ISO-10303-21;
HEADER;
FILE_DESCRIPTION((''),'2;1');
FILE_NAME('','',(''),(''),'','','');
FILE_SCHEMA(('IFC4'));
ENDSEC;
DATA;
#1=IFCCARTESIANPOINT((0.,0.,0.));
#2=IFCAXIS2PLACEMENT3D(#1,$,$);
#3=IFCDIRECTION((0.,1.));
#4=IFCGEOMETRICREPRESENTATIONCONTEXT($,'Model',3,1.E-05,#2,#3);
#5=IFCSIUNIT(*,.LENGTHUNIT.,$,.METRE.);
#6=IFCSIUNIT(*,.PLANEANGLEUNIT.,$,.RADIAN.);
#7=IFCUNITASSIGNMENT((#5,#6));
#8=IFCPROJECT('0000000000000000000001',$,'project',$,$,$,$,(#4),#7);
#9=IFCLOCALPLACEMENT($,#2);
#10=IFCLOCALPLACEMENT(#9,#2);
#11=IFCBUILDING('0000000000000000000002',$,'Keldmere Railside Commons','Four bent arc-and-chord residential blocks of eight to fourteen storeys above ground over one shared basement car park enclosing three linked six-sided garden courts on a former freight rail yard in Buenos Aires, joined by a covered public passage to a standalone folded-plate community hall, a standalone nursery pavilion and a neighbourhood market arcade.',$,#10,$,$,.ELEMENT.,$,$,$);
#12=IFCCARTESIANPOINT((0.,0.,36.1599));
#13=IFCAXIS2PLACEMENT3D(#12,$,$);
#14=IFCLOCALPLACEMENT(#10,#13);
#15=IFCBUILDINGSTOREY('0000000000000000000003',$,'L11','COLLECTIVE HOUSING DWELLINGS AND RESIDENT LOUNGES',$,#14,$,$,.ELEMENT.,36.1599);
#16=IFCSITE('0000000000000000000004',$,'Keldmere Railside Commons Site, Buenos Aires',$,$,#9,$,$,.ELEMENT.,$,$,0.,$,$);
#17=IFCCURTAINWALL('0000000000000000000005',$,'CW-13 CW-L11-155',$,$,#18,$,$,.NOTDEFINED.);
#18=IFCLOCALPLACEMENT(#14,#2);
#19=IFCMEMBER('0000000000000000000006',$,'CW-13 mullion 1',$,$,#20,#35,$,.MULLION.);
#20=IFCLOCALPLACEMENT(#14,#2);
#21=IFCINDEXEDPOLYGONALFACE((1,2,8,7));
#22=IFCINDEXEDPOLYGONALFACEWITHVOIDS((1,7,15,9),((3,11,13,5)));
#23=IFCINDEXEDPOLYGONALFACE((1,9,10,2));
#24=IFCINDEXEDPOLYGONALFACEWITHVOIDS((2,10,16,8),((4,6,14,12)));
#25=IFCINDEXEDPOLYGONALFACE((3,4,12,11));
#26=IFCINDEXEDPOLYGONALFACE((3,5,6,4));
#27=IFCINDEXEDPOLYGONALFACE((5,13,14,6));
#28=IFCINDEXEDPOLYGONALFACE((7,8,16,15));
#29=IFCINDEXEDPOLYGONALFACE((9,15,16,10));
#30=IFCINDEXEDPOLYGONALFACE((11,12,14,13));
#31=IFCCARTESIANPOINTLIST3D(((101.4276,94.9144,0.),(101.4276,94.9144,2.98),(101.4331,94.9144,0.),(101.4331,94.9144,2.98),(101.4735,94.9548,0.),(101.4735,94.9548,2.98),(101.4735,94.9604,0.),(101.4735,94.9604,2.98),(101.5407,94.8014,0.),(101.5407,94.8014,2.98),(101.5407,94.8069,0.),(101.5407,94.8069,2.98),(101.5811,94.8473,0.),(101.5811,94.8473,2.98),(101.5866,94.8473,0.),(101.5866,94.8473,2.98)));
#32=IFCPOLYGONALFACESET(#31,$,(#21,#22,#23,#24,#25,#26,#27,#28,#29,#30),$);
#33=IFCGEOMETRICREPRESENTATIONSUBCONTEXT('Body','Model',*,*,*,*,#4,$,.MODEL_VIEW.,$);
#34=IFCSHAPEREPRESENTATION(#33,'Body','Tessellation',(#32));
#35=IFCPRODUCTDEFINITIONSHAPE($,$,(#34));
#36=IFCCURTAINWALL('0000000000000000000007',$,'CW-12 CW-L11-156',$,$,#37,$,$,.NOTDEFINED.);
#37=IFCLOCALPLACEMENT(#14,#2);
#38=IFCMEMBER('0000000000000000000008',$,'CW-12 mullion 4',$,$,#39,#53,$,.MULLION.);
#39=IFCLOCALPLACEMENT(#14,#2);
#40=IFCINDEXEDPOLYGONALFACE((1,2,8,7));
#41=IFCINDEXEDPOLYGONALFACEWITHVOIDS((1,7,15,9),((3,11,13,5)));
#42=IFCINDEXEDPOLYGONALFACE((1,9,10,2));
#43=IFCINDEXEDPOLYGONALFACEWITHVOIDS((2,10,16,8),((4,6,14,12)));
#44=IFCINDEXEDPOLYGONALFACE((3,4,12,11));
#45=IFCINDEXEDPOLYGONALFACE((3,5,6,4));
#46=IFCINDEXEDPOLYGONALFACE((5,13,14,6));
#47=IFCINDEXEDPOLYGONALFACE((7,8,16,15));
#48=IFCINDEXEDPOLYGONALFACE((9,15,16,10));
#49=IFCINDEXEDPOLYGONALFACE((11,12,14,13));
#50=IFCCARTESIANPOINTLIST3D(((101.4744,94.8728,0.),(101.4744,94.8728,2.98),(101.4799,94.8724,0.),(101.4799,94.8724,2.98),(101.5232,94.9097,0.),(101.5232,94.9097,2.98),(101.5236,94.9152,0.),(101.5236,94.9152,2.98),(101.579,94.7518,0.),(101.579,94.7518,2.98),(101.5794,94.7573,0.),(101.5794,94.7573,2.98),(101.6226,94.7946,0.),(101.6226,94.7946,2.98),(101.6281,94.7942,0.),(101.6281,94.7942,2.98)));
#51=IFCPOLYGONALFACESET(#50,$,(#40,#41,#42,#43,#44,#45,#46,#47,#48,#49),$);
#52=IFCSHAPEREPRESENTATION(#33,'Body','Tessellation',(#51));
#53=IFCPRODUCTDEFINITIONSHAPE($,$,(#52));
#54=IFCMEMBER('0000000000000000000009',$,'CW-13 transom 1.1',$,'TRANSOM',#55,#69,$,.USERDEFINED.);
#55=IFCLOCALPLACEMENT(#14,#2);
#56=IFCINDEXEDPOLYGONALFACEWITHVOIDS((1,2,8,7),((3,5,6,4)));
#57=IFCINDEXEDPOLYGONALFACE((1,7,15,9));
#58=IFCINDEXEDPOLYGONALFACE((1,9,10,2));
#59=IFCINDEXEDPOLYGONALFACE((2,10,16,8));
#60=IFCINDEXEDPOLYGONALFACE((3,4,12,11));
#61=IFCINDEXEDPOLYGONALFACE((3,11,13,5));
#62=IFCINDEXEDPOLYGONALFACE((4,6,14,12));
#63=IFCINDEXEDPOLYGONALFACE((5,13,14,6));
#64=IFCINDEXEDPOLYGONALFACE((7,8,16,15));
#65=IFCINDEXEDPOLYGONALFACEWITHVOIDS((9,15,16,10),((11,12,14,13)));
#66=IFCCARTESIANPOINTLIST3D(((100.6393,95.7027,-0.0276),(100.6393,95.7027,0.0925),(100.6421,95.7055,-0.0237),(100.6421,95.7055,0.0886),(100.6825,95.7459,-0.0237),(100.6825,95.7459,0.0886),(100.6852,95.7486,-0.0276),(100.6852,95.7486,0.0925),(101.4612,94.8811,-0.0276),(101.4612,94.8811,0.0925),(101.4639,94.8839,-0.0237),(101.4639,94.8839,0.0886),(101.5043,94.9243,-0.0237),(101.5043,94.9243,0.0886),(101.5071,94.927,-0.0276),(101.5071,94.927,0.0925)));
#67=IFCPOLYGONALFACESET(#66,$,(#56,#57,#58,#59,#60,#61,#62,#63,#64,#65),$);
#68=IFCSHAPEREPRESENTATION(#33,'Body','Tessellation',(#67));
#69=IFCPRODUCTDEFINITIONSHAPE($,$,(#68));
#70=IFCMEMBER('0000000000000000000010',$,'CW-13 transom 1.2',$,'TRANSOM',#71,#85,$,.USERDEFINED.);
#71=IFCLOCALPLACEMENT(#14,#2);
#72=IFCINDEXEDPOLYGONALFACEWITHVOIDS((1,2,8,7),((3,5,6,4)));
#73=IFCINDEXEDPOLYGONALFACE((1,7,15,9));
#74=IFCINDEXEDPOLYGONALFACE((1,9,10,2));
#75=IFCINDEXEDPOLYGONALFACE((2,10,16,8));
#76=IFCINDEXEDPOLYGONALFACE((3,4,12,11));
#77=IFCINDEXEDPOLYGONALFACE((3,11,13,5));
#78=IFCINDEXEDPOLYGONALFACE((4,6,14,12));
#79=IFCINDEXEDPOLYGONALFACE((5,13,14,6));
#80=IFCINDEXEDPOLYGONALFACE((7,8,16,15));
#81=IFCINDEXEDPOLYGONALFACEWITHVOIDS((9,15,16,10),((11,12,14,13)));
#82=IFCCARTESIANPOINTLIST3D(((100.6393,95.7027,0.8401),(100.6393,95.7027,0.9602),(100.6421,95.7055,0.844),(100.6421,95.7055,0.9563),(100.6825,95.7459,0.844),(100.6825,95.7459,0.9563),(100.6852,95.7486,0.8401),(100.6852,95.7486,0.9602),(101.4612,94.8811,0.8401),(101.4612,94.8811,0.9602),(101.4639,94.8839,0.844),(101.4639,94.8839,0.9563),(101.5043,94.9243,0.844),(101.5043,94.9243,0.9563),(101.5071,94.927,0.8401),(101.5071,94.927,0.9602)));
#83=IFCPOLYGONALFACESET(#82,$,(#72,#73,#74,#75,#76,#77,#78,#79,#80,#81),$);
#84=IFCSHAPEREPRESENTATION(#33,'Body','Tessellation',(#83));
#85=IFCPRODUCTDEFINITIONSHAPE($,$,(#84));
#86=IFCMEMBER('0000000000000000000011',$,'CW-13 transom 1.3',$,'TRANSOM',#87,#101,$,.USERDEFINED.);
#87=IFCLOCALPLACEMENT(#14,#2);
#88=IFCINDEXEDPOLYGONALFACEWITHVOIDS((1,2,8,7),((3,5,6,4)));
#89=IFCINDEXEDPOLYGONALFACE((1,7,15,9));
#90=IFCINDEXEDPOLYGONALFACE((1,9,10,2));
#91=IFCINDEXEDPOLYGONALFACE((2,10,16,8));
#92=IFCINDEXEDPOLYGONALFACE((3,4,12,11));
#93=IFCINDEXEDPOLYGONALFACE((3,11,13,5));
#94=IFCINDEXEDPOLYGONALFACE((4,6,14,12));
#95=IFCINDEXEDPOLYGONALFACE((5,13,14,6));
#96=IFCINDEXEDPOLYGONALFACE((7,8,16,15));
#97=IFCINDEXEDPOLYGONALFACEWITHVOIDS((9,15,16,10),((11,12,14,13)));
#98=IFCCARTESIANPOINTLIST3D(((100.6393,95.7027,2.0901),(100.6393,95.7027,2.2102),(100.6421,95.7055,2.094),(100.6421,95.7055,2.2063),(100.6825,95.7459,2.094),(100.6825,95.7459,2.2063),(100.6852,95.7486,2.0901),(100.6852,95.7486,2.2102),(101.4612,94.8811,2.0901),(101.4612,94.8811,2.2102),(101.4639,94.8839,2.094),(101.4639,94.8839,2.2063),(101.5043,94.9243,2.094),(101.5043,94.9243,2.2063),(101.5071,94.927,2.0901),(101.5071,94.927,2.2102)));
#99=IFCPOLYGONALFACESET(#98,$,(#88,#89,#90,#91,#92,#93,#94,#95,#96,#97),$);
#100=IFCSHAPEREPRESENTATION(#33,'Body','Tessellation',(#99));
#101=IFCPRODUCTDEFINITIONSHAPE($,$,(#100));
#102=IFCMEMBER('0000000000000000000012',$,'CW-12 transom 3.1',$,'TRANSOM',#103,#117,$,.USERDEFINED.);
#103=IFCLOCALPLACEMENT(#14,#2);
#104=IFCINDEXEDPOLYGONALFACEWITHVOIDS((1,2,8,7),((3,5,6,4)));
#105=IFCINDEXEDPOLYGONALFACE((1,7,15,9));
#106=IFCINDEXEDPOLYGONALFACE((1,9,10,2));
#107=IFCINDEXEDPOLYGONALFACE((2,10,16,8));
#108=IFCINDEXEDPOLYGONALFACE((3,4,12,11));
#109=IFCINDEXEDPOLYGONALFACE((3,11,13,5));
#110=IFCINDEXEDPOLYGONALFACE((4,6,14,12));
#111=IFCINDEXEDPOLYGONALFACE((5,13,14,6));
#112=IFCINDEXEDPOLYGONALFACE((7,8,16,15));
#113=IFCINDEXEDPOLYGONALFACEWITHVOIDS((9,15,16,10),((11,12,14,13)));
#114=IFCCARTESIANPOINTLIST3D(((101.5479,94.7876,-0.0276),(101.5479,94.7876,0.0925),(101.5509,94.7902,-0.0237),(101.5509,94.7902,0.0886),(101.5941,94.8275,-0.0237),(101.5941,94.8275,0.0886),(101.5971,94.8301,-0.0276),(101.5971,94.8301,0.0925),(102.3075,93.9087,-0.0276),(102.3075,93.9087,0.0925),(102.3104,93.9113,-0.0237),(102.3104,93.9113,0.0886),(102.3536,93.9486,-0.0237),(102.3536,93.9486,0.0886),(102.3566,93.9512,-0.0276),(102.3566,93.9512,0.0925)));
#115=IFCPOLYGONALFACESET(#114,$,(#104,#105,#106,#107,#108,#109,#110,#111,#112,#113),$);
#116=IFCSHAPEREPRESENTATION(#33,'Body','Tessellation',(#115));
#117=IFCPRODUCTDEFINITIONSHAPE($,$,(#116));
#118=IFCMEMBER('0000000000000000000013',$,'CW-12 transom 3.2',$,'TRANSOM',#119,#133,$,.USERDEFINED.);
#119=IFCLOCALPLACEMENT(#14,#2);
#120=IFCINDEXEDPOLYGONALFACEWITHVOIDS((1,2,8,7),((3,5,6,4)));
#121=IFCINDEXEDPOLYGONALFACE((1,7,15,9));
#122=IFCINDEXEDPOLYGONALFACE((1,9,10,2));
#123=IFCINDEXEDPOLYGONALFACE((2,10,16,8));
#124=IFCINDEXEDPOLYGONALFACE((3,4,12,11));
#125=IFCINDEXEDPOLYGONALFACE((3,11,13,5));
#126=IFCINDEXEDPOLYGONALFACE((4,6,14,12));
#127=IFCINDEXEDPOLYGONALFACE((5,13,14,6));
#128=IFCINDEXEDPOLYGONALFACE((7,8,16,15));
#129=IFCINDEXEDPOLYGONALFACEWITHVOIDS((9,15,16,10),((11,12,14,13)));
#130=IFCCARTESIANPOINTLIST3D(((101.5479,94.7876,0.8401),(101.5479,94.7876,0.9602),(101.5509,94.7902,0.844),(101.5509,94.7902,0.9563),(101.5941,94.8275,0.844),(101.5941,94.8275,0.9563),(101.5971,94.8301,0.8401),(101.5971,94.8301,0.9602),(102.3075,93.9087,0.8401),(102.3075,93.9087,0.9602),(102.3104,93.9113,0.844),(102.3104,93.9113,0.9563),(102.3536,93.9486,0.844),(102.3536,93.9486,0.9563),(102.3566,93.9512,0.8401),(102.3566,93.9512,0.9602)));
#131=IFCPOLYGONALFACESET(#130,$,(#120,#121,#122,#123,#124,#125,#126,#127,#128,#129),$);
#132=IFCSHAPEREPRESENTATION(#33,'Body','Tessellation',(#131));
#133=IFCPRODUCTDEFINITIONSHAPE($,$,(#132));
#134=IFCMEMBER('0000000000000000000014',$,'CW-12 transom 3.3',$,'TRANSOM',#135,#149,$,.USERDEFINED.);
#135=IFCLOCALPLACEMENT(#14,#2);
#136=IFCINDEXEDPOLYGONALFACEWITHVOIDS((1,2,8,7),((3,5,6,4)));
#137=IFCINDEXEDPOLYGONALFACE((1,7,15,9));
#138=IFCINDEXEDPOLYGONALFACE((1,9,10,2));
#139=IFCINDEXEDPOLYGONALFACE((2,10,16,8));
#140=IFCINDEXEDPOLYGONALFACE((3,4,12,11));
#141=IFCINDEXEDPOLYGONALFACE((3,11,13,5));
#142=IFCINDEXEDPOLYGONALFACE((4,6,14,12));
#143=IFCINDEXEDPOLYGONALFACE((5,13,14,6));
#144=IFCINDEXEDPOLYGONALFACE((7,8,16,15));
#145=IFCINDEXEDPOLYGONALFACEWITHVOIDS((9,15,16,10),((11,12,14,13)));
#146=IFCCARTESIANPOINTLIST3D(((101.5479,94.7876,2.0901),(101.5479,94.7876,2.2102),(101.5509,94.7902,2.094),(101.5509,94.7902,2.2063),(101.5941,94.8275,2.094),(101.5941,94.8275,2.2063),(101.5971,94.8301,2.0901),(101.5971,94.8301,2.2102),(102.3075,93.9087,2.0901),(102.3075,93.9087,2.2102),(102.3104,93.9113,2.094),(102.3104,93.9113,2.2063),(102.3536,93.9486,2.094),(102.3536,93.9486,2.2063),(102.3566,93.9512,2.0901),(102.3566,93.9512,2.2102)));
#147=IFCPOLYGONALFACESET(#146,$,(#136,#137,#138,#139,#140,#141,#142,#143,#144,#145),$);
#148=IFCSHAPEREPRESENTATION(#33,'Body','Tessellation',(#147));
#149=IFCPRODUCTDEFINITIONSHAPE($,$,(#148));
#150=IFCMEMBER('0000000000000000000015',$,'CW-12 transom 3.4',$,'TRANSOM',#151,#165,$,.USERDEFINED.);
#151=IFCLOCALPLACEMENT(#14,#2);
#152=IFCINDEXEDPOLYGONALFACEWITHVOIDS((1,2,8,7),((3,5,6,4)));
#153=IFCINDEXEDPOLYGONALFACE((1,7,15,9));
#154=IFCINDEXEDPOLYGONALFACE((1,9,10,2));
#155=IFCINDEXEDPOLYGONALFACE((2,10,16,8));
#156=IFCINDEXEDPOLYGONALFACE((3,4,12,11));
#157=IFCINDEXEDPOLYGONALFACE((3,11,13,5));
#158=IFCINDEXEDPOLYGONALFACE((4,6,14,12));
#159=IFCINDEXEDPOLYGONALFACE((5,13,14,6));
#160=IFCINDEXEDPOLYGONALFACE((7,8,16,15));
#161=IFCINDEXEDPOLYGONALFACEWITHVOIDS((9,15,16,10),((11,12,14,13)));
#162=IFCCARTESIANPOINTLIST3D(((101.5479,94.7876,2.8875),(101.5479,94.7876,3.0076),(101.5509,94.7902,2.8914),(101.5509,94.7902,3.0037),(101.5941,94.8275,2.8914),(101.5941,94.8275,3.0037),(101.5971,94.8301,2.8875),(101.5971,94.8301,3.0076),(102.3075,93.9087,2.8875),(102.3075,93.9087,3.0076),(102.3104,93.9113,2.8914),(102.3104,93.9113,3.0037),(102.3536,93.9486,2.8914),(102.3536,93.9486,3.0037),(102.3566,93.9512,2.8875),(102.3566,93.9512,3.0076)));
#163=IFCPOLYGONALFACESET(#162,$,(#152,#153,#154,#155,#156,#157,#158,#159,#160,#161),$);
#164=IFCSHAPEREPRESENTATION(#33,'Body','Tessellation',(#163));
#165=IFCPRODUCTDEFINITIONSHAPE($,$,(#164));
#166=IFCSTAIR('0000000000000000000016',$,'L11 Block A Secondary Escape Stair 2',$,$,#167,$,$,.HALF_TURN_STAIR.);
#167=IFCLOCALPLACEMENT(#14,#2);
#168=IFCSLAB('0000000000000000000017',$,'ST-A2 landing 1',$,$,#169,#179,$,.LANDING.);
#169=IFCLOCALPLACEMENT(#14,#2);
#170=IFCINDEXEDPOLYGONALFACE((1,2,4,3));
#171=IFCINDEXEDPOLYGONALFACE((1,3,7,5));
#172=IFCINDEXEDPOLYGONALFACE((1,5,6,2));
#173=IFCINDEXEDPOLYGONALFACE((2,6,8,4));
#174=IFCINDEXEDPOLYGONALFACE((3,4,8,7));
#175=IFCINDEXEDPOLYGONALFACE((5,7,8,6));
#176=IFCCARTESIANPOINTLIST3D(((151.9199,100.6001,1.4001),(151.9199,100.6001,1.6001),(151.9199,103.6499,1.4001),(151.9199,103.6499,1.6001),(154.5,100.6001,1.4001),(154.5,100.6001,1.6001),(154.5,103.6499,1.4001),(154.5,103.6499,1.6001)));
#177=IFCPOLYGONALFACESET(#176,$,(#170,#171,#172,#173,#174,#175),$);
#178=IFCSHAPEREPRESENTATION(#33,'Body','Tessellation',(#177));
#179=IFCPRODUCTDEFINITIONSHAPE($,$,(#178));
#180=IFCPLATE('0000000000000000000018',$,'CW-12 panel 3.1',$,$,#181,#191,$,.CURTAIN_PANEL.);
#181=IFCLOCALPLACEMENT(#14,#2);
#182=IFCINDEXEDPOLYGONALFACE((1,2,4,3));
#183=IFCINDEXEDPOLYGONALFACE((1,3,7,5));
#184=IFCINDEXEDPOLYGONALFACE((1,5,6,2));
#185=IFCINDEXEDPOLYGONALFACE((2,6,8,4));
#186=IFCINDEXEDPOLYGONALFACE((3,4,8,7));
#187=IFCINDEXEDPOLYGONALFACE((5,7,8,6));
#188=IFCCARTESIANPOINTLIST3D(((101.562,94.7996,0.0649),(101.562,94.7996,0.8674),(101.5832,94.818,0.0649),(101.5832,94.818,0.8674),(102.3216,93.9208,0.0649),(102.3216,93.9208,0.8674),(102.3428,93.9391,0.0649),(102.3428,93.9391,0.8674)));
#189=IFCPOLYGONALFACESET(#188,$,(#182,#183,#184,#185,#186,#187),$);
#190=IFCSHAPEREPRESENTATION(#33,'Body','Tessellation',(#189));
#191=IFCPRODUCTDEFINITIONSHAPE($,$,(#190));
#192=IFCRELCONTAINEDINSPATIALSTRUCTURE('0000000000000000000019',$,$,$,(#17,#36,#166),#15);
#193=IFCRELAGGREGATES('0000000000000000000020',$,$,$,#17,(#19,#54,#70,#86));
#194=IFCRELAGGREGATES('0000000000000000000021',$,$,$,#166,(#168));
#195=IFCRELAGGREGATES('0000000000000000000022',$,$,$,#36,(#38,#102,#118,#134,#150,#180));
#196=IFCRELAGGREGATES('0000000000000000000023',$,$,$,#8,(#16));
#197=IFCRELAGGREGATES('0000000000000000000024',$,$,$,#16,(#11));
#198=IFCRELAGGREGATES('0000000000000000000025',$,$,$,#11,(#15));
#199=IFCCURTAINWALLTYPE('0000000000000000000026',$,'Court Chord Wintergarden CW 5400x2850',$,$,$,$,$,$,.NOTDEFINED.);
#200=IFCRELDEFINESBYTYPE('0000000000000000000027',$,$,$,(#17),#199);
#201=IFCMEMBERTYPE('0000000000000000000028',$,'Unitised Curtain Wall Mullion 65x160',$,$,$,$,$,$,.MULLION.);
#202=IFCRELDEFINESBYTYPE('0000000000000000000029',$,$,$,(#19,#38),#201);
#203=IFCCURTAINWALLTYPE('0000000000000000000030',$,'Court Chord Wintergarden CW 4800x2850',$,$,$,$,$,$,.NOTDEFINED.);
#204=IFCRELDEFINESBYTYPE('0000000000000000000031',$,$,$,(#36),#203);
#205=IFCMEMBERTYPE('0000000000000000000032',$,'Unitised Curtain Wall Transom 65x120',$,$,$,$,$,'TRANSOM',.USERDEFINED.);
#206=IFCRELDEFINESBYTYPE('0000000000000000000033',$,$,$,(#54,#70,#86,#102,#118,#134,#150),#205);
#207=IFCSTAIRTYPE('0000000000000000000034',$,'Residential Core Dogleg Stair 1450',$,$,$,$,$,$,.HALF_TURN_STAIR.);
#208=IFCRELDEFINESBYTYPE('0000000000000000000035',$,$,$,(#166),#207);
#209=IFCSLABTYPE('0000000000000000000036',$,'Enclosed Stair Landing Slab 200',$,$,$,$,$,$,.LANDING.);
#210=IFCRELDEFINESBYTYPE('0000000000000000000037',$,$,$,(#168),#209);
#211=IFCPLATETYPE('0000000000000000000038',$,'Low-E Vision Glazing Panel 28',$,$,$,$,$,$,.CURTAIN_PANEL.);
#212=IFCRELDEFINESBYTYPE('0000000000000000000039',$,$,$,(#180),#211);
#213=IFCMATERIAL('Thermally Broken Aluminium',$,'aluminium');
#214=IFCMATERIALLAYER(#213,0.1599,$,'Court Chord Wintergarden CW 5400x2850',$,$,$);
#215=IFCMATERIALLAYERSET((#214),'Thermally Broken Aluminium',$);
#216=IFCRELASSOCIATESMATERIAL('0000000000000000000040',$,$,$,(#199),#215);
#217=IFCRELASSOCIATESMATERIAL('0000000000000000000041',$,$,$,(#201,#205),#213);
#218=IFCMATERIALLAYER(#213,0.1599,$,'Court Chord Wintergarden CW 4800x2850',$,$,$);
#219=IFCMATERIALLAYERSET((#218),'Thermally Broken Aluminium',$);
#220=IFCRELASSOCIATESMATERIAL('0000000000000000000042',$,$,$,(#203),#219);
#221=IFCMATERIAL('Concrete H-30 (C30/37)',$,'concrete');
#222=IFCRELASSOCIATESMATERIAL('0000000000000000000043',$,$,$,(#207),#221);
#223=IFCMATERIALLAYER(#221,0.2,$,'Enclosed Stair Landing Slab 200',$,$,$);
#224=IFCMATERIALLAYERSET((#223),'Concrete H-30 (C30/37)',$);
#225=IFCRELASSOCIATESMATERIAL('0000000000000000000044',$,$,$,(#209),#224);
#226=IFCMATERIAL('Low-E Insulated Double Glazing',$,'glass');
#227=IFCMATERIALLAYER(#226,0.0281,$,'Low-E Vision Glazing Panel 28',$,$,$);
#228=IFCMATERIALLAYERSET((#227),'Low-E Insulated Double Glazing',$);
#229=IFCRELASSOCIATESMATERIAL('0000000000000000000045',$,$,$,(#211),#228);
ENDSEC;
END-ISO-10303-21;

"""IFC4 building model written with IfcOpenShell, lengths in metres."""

from ifc_helpers import new_model, si_unit, direction, frame, origin, origin_2d, place, context, subcontext, project, spatial, polyline, rectangle, hollow_rectangle, outline, extrude, material, layer, layer_set, material_profile, profile_set, type_object, element, aggregate, save


model = new_model("IFC4")

# Units and contexts
model_context = context("Model", 3, precision=1e-05, world=origin(), true_north=direction((0.0, 1.0)))
body_context = subcontext(model_context, "Body", "Model", "MODEL_VIEW")
ifc_project = project(units=[si_unit("LENGTHUNIT", "METRE"), si_unit("PLANEANGLEUNIT", "RADIAN")], contexts=[model_context])

# Site, building, storey
site_placement = place(None, origin())
site = spatial("IfcSite", under=ifc_project, at=site_placement, Name="Keldmere Railside Commons Site, Buenos Aires", CompositionType="ELEMENT", RefElevation=0.0)
building_placement = place(site_placement, origin())
building = spatial("IfcBuilding", under=site, at=building_placement, Name="Keldmere Railside Commons", Description="Four bent arc-and-chord residential blocks of eight to fourteen storeys above ground over one shared basement car park enclosing three linked six-sided garden courts on a former freight rail yard in Buenos Aires, joined by a covered public passage to a standalone folded-plate community hall, a standalone nursery pavilion and a neighbourhood market arcade.", CompositionType="ELEMENT")
storey_placement = place(building_placement, frame((0.0, 0.0, 36.1599)))
storey = spatial("IfcBuildingStorey", under=building, at=storey_placement, Name="L11", Description="COLLECTIVE HOUSING DWELLINGS AND RESIDENT LOUNGES", CompositionType="ELEMENT", Elevation=36.1599)

# Curtain walls, members
ifc_material_1 = material(Name="Thermally Broken Aluminium", Category="aluminium")
ifc_layer_1 = layer(ifc_material_1, 0.1599, Name="Court Chord Wintergarden CW 5400x2850")
ifc_layer_set_1 = layer_set([ifc_layer_1], Name="Thermally Broken Aluminium")
curtain_wall_type_1 = type_object("IfcCurtainWallType", Name="Court Chord Wintergarden CW 5400x2850", PredefinedType="NOTDEFINED", material=ifc_layer_set_1)
curtain_wall_1_placement = place(storey_placement, origin())
curtain_wall_1 = element("IfcCurtainWall", 1, at=curtain_wall_1_placement, inside=storey, type_object=curtain_wall_type_1, Name="CW-13 CW-L11-155", PredefinedType="NOTDEFINED")
ifc_material_profile_1 = material_profile(ifc_material_1, hollow_rectangle(XDim=0.0649, YDim=0.1599, WallThickness=0.0039, at=origin_2d()), Name="ALU-MULL-65x160")
ifc_profile_set_1 = profile_set([ifc_material_profile_1], Name="Thermally Broken Aluminium")
member_type_1 = type_object("IfcMemberType", Name="Unitised Curtain Wall Mullion 65x160", PredefinedType="MULLION", material=ifc_profile_set_1)
member_1_placement = place(storey_placement, frame((101.5071, 94.8809, 0.0), z_axis=(0.0, 0.0, 1.0), x_axis=(-0.707107, -0.707107, 0.0)))
member_1 = element("IfcMember", 2, at=member_1_placement, type_object=member_type_1, Name="CW-13 mullion 1", PredefinedType="MULLION", context=body_context, shape_type="SweptSolid", body=[
    extrude(hollow_rectangle(XDim=0.0649, YDim=0.1599, WallThickness=0.0039, at=origin_2d()), origin(), (0.0, 0.0, 1.0), 2.98),
])
ifc_layer_2 = layer(ifc_material_1, 0.1599, Name="Court Chord Wintergarden CW 4800x2850")
ifc_layer_set_2 = layer_set([ifc_layer_2], Name="Thermally Broken Aluminium")
curtain_wall_type_2 = type_object("IfcCurtainWallType", Name="Court Chord Wintergarden CW 4800x2850", PredefinedType="NOTDEFINED", material=ifc_layer_set_2)
curtain_wall_2_placement = place(storey_placement, origin())
curtain_wall_2 = element("IfcCurtainWall", 3, at=curtain_wall_2_placement, inside=storey, type_object=curtain_wall_type_2, Name="CW-12 CW-L11-156", PredefinedType="NOTDEFINED")
member_2_placement = place(storey_placement, frame((101.5513, 94.8335, 0.0), z_axis=(0.0, 0.0, 1.0), x_axis=(-0.756597, -0.653882, 0.0)))
member_2 = element("IfcMember", 4, at=member_2_placement, type_object=member_type_1, Name="CW-12 mullion 4", PredefinedType="MULLION", context=body_context, shape_type="SweptSolid", body=[
    extrude(hollow_rectangle(XDim=0.0649, YDim=0.1599, WallThickness=0.0039, at=origin_2d()), origin(), (0.0, 0.0, 1.0), 2.98),
])

# Members
ifc_material_profile_2 = material_profile(ifc_material_1, hollow_rectangle(XDim=0.0649, YDim=0.1201, WallThickness=0.0039, at=origin_2d()), Name="ALU-TRAN-65x120")
ifc_profile_set_2 = profile_set([ifc_material_profile_2], Name="Thermally Broken Aluminium")
member_type_2 = type_object("IfcMemberType", Name="Unitised Curtain Wall Transom 65x120", ElementType="TRANSOM", PredefinedType="USERDEFINED", material=ifc_profile_set_2)
member_3_placement = place(storey_placement, frame((101.4841, 94.9041, 0.0325), z_axis=(-0.707212, 0.707002, 0.0), x_axis=(-0.707002, -0.707212, 0.0)))
member_3 = element("IfcMember", 5, at=member_3_placement, type_object=member_type_2, Name="CW-13 transom 1.1", ObjectType="TRANSOM", PredefinedType="USERDEFINED", context=body_context, shape_type="SweptSolid", body=[
    extrude(hollow_rectangle(XDim=0.0649, YDim=0.1201, WallThickness=0.0039, at=origin_2d()), origin(), (0.0, 0.0, 1.0), 1.1621),
])
member_4_placement = place(storey_placement, frame((101.4841, 94.9041, 0.9001), z_axis=(-0.707212, 0.707002, 0.0), x_axis=(-0.707002, -0.707212, 0.0)))
member_4 = element("IfcMember", 6, at=member_4_placement, type_object=member_type_2, Name="CW-13 transom 1.2", ObjectType="TRANSOM", PredefinedType="USERDEFINED", context=body_context, shape_type="SweptSolid", body=[
    extrude(hollow_rectangle(XDim=0.0649, YDim=0.1201, WallThickness=0.0039, at=origin_2d()), origin(), (0.0, 0.0, 1.0), 1.1621),
])
member_5_placement = place(storey_placement, frame((101.4841, 94.9041, 2.1501), z_axis=(-0.707212, 0.707002, 0.0), x_axis=(-0.707002, -0.707212, 0.0)))
member_5 = element("IfcMember", 7, at=member_5_placement, type_object=member_type_2, Name="CW-13 transom 1.3", ObjectType="TRANSOM", PredefinedType="USERDEFINED", context=body_context, shape_type="SweptSolid", body=[
    extrude(hollow_rectangle(XDim=0.0649, YDim=0.1201, WallThickness=0.0039, at=origin_2d()), origin(), (0.0, 0.0, 1.0), 1.1621),
])
aggregate(curtain_wall_1, [member_1, member_3, member_4, member_5])
member_6_placement = place(storey_placement, frame((102.332, 93.9299, 0.0325), z_axis=(-0.65385, 0.756624, 0.0), x_axis=(-0.756624, -0.65385, 0.0)))
member_6 = element("IfcMember", 8, at=member_6_placement, type_object=member_type_2, Name="CW-12 transom 3.1", ObjectType="TRANSOM", PredefinedType="USERDEFINED", context=body_context, shape_type="SweptSolid", body=[
    extrude(hollow_rectangle(XDim=0.0649, YDim=0.1201, WallThickness=0.0039, at=origin_2d()), origin(), (0.0, 0.0, 1.0), 1.1616),
])
member_7_placement = place(storey_placement, frame((102.332, 93.9299, 0.9001), z_axis=(-0.65385, 0.756624, 0.0), x_axis=(-0.756624, -0.65385, 0.0)))
member_7 = element("IfcMember", 9, at=member_7_placement, type_object=member_type_2, Name="CW-12 transom 3.2", ObjectType="TRANSOM", PredefinedType="USERDEFINED", context=body_context, shape_type="SweptSolid", body=[
    extrude(hollow_rectangle(XDim=0.0649, YDim=0.1201, WallThickness=0.0039, at=origin_2d()), origin(), (0.0, 0.0, 1.0), 1.1616),
])
member_8_placement = place(storey_placement, frame((102.332, 93.9299, 2.1501), z_axis=(-0.65385, 0.756624, 0.0), x_axis=(-0.756624, -0.65385, 0.0)))
member_8 = element("IfcMember", 10, at=member_8_placement, type_object=member_type_2, Name="CW-12 transom 3.3", ObjectType="TRANSOM", PredefinedType="USERDEFINED", context=body_context, shape_type="SweptSolid", body=[
    extrude(hollow_rectangle(XDim=0.0649, YDim=0.1201, WallThickness=0.0039, at=origin_2d()), origin(), (0.0, 0.0, 1.0), 1.1616),
])
member_9_placement = place(storey_placement, frame((102.332, 93.9299, 2.9475), z_axis=(-0.65385, 0.756624, 0.0), x_axis=(-0.756624, -0.65385, 0.0)))
member_9 = element("IfcMember", 11, at=member_9_placement, type_object=member_type_2, Name="CW-12 transom 3.4", ObjectType="TRANSOM", PredefinedType="USERDEFINED", context=body_context, shape_type="SweptSolid", body=[
    extrude(hollow_rectangle(XDim=0.0649, YDim=0.1201, WallThickness=0.0039, at=origin_2d()), origin(), (0.0, 0.0, 1.0), 1.1616),
])

# Stair, slab
ifc_material_2 = material(Name="Concrete H-30 (C30/37)", Category="concrete")
stair_type = type_object("IfcStairType", Name="Residential Core Dogleg Stair 1450", PredefinedType="HALF_TURN_STAIR", material=ifc_material_2)
stair_placement = place(storey_placement, origin())
stair = element("IfcStair", 12, at=stair_placement, inside=storey, type_object=stair_type, Name="L11 Block A Secondary Escape Stair 2", PredefinedType="HALF_TURN_STAIR")
ifc_layer_3 = layer(ifc_material_2, 0.2, Name="Enclosed Stair Landing Slab 200")
ifc_layer_set_3 = layer_set([ifc_layer_3], Name="Concrete H-30 (C30/37)")
slab_type = type_object("IfcSlabType", Name="Enclosed Stair Landing Slab 200", PredefinedType="LANDING", material=ifc_layer_set_3)
slab_placement = place(storey_placement, frame((0.0, 0.0, 1.4001)))
slab = element("IfcSlab", 13, at=slab_placement, type_object=slab_type, Name="ST-A2 landing 1", PredefinedType="LANDING", context=body_context, shape_type="SweptSolid", body=[
    extrude(outline(polyline([(151.9199, 100.6001), (154.5, 100.6001), (154.5, 103.6499), (151.9199, 103.6499), (151.9199, 100.6001)])), origin(), (0.0, 0.0, 1.0), 0.2),
])
aggregate(stair, [slab])

# Plate
ifc_material_3 = material(Name="Low-E Insulated Double Glazing", Category="glass")
ifc_layer_4 = layer(ifc_material_3, 0.0281, Name="Low-E Vision Glazing Panel 28")
ifc_layer_set_4 = layer_set([ifc_layer_4], Name="Low-E Insulated Double Glazing")
plate_type = type_object("IfcPlateType", Name="Low-E Vision Glazing Panel 28", PredefinedType="CURTAIN_PANEL", material=ifc_layer_set_4)
plate_1_placement = place(storey_placement, frame((101.9524, 94.3694, 0.0649), z_axis=(0.0, 0.0, 1.0), x_axis=(-0.653882, 0.756597, 0.0)))
plate_1 = element("IfcPlate", 14, at=plate_1_placement, type_object=plate_type, Name="CW-12 panel 3.1", PredefinedType="CURTAIN_PANEL", context=body_context, shape_type="SweptSolid", body=[
    extrude(rectangle(XDim=1.1616, YDim=0.0281, at=origin_2d()), origin(), (0.0, 0.0, 1.0), 0.8025),
])
aggregate(curtain_wall_2, [member_2, member_6, member_7, member_8, member_9, plate_1])

save(model, "model.ifc")
